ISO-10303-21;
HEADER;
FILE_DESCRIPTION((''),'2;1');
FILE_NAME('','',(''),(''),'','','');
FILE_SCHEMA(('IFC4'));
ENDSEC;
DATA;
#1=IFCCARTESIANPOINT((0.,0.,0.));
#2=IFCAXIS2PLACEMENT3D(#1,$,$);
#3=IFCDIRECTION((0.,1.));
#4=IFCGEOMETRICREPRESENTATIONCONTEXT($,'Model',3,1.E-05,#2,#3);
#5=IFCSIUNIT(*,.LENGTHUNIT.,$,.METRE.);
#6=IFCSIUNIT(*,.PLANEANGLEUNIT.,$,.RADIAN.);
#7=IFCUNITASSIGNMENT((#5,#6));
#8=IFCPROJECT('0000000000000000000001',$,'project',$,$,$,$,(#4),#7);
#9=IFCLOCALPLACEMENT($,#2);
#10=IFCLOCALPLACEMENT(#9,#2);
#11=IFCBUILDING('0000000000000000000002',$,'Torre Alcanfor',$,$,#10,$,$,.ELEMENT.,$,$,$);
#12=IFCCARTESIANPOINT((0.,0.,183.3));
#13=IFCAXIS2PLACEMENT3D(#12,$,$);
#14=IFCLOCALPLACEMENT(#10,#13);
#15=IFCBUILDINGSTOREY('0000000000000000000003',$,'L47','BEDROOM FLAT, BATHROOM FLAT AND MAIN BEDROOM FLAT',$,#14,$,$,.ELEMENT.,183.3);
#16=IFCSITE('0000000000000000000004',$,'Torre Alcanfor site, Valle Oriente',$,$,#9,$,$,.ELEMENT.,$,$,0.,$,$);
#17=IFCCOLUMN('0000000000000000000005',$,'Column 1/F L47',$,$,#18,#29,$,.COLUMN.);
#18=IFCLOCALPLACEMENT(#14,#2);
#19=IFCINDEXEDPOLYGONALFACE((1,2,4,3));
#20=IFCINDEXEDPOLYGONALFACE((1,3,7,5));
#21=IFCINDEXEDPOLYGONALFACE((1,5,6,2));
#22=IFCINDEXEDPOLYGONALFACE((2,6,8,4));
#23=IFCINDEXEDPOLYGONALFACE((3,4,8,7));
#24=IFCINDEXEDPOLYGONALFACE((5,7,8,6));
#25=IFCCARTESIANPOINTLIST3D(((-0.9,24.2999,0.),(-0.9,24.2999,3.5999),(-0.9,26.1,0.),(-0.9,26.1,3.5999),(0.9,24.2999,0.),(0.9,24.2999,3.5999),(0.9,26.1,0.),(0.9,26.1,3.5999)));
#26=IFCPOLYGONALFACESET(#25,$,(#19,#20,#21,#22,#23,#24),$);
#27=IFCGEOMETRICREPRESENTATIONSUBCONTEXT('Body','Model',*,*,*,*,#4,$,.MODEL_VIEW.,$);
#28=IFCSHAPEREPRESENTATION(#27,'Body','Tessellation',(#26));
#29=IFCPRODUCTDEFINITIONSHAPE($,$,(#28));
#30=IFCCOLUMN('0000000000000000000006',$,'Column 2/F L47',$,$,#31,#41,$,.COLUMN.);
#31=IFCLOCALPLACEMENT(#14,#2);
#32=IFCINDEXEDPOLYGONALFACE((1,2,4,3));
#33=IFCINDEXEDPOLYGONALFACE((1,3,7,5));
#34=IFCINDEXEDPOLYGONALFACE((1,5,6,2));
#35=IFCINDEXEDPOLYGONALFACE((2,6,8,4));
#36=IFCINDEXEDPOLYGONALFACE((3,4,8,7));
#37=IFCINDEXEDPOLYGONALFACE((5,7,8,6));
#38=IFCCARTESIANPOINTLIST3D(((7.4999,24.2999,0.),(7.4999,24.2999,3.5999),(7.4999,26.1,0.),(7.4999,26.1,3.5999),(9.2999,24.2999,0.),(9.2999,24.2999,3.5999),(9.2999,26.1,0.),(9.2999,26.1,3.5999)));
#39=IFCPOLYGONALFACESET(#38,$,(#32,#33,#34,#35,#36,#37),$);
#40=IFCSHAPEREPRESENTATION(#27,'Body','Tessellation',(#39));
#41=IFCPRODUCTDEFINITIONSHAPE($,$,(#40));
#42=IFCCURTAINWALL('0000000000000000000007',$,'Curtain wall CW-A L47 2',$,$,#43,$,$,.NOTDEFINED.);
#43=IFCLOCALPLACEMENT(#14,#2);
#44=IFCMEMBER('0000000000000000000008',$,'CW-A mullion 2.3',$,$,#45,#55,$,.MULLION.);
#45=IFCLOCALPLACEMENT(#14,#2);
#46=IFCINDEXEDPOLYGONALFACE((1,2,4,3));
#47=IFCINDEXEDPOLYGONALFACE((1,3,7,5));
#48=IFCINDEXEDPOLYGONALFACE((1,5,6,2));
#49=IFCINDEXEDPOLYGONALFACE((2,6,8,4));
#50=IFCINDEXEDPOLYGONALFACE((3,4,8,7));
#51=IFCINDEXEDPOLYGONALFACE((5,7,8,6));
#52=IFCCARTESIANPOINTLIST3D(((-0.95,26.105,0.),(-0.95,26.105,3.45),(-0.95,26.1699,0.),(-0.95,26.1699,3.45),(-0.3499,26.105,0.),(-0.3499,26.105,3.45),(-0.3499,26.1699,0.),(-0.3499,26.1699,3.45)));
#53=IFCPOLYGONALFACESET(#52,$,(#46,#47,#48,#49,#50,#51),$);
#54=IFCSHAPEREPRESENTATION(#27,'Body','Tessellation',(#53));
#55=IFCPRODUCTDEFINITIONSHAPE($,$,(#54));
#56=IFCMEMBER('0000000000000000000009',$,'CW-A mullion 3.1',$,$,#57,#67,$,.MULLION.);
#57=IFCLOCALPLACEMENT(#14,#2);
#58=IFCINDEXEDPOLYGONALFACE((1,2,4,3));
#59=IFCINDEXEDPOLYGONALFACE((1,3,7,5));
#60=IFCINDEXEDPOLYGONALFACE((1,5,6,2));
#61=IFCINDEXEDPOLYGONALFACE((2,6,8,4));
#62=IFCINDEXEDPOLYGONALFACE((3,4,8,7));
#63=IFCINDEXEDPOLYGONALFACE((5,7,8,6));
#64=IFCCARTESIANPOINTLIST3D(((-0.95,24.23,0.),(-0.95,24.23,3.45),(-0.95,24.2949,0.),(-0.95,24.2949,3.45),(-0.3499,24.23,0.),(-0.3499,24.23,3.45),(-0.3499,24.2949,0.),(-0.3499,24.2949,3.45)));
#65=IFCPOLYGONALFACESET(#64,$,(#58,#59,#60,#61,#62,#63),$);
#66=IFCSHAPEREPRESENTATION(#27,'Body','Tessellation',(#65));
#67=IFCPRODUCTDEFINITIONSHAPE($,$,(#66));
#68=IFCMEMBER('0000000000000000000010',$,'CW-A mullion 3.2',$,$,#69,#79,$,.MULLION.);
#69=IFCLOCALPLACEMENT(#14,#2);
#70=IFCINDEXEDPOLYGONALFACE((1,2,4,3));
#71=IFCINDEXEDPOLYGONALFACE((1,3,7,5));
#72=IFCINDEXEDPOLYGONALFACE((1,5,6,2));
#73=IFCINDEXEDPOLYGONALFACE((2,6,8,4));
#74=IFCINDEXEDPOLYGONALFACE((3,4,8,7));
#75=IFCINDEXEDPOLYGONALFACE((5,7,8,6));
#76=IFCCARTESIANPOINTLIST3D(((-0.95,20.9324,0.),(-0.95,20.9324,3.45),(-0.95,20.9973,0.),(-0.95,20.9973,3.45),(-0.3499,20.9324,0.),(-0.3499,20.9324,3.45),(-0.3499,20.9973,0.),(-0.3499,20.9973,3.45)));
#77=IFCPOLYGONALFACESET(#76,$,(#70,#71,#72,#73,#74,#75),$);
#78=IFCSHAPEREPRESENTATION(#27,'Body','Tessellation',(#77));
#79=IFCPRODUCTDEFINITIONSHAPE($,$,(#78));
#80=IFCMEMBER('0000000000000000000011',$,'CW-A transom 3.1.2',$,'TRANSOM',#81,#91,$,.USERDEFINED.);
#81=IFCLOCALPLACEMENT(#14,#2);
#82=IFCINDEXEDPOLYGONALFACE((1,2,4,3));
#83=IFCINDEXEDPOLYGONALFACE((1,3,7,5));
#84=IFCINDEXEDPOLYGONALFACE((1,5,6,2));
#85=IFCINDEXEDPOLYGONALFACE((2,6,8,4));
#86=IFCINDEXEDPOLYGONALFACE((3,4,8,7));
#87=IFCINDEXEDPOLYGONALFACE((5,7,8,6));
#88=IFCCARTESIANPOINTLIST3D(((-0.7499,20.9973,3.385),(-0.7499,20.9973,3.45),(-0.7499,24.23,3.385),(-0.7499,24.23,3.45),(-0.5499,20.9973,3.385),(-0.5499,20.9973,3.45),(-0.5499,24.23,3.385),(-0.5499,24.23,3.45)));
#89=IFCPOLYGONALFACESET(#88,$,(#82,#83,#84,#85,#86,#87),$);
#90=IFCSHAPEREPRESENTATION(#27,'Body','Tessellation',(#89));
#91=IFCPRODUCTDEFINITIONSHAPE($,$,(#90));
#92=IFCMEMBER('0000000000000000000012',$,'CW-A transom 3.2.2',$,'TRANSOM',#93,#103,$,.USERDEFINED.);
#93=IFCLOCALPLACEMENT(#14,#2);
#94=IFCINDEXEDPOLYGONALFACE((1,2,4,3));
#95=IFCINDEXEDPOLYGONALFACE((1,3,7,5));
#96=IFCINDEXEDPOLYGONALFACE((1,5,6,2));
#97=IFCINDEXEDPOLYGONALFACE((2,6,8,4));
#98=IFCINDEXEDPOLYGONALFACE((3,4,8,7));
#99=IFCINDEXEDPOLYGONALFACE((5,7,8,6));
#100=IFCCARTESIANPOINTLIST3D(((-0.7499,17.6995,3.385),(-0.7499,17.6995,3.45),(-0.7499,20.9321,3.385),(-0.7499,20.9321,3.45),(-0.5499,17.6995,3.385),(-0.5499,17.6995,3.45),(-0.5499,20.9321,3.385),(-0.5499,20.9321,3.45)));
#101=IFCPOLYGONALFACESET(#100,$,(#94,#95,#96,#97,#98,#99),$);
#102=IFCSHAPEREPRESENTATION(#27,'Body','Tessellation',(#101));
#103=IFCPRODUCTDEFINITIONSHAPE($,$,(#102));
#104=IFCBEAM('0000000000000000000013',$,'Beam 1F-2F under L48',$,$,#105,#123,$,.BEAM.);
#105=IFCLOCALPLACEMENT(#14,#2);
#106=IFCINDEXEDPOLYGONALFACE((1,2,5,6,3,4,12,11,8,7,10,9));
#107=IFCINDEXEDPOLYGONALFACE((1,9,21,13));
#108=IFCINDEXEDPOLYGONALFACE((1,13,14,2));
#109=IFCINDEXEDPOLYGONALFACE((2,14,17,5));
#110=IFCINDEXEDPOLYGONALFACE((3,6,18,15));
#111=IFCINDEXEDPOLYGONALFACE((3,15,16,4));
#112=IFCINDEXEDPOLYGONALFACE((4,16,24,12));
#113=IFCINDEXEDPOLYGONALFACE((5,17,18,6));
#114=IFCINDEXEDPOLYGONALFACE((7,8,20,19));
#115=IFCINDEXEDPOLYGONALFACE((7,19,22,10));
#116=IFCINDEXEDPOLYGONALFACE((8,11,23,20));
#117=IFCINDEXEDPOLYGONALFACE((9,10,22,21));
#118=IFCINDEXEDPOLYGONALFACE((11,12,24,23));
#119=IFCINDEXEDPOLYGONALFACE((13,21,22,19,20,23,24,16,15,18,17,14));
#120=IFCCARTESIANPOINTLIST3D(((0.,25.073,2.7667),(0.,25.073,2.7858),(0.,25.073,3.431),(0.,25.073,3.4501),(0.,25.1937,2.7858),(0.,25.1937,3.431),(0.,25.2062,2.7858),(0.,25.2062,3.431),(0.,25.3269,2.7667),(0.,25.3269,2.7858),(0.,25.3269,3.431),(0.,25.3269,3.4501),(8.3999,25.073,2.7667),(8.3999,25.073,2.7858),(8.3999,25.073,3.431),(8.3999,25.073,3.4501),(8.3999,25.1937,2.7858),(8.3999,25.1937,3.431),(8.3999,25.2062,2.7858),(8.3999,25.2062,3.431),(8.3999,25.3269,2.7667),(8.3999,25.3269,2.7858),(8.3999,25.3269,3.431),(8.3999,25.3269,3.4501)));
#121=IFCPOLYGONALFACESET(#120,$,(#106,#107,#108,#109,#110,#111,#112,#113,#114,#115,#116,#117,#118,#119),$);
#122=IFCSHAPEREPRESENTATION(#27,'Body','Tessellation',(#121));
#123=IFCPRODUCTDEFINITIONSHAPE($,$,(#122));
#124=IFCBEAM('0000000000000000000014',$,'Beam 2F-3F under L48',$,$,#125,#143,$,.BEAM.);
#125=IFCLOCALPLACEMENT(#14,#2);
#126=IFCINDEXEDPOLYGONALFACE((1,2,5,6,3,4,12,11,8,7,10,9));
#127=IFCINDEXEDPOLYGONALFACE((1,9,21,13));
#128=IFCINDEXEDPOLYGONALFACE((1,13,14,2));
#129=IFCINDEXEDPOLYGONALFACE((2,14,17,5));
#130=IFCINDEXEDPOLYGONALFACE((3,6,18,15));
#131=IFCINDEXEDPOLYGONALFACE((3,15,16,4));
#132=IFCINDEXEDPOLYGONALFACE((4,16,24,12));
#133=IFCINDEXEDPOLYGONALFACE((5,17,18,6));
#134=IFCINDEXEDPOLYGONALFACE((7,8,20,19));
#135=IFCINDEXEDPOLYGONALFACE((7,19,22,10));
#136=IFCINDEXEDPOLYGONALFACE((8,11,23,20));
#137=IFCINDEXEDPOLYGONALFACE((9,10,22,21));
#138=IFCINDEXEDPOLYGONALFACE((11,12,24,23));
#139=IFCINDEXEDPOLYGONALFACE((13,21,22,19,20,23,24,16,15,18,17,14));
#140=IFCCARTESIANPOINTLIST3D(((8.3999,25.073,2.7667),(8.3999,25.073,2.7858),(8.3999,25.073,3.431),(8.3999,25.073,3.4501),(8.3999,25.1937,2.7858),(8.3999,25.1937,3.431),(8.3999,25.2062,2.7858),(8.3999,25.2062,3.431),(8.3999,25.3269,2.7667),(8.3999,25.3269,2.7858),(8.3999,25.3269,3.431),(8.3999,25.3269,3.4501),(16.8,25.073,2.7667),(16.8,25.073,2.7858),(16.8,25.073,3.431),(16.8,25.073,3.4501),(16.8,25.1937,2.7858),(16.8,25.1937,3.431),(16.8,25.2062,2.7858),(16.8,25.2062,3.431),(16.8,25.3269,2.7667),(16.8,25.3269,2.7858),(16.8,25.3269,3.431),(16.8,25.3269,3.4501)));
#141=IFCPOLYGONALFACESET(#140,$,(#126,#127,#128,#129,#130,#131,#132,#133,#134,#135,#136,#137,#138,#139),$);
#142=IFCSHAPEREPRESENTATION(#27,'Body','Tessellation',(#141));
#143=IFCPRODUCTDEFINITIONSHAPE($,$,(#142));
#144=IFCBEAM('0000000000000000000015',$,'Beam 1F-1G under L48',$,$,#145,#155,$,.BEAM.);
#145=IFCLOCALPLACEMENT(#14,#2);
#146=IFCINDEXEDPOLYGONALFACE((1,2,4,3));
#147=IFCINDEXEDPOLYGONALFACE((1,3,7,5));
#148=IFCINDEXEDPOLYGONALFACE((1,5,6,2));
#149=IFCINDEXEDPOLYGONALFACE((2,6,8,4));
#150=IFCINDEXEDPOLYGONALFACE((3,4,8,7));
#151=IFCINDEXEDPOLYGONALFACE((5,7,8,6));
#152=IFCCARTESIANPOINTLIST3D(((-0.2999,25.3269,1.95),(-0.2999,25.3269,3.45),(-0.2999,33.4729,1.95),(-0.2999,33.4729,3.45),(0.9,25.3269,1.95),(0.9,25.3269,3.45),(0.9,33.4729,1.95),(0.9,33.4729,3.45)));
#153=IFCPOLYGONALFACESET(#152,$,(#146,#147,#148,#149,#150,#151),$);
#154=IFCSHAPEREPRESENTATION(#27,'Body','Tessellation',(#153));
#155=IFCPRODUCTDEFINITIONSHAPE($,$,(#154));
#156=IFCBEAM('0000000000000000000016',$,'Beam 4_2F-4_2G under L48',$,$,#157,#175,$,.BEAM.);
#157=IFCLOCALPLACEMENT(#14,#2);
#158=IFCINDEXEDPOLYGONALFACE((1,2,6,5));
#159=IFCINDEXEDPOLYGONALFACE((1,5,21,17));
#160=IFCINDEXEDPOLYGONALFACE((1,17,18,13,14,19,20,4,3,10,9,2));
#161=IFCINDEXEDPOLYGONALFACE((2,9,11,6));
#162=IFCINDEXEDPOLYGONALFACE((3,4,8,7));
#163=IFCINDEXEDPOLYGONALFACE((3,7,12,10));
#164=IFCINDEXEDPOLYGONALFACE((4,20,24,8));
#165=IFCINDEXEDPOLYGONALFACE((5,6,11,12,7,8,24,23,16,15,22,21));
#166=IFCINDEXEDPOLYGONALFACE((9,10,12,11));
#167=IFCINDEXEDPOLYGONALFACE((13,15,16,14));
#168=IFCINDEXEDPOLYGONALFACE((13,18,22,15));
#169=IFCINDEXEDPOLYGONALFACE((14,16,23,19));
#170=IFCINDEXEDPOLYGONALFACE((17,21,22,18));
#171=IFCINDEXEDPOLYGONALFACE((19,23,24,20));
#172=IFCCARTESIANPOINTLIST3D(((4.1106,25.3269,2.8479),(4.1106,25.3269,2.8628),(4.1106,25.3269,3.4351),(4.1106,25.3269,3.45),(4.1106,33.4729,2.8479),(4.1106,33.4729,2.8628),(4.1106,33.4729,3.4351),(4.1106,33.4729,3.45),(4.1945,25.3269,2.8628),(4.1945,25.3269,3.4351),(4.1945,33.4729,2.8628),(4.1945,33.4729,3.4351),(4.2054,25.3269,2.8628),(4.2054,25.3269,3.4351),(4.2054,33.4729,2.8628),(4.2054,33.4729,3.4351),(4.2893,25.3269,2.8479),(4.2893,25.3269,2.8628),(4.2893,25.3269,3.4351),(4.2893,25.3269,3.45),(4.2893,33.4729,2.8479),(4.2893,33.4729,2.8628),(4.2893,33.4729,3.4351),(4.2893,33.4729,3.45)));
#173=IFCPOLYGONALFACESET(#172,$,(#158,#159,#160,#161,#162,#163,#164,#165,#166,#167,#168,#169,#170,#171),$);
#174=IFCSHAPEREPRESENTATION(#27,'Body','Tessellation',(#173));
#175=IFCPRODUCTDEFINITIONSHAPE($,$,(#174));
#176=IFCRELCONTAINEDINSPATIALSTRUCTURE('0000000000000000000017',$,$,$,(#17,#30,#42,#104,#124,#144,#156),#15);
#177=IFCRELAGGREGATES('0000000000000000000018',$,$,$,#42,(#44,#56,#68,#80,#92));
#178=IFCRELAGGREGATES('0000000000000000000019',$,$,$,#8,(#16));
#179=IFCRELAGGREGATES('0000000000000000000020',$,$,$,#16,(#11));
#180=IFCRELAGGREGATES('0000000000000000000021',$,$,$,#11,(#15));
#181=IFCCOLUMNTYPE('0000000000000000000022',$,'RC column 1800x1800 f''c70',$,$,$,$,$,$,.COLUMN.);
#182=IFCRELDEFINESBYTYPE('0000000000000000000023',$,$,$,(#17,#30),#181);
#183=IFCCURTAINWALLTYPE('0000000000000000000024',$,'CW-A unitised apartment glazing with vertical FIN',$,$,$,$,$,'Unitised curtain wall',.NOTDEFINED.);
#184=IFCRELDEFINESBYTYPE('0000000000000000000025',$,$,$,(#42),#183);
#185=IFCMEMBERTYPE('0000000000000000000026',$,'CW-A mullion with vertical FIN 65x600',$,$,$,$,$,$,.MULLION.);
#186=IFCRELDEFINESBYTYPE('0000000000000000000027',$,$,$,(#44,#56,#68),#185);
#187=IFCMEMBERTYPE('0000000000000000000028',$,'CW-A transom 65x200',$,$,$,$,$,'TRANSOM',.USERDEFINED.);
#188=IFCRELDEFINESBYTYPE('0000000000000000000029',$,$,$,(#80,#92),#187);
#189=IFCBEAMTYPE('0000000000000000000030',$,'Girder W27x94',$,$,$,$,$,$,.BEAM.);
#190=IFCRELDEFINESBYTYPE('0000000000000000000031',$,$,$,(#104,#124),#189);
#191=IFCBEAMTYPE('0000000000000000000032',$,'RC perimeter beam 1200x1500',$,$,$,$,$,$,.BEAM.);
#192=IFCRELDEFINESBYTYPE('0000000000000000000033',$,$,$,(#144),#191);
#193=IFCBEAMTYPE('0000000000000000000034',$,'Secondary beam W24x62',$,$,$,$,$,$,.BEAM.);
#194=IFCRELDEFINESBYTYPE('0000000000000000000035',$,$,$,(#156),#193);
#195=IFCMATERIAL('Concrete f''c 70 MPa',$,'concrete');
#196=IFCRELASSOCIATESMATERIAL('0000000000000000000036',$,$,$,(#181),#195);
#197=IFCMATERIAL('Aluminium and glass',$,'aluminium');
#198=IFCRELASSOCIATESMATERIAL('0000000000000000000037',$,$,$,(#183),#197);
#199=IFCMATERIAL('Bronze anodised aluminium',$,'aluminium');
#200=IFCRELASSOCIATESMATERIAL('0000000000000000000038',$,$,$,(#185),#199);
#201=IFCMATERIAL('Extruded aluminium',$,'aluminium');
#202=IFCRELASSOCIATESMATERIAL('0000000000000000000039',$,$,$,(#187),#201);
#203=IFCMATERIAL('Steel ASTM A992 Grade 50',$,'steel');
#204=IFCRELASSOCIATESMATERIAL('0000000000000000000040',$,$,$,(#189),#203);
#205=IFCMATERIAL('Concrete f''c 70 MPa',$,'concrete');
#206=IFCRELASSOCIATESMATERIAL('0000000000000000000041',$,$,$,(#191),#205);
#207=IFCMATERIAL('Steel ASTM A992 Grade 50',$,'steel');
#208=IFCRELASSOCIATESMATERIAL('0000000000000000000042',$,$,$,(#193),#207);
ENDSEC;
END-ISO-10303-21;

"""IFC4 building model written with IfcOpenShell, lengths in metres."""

from ifc_helpers import new_model, si_unit, direction, frame, origin, origin_2d, place, context, subcontext, project, spatial, rectangle, i_section, extrude, material, material_profile, profile_set, type_object, element, aggregate, save


model = new_model("IFC4")

# Units and contexts
model_context = context("Model", 3, precision=1e-05, world=origin(), true_north=direction((0.0, 1.0)))
body_context = subcontext(model_context, "Body", "Model", "MODEL_VIEW")
ifc_project = project(units=[si_unit("LENGTHUNIT", "METRE"), si_unit("PLANEANGLEUNIT", "RADIAN")], contexts=[model_context])

# Site, building, storey
site_placement = place(None, origin())
site = spatial("IfcSite", under=ifc_project, at=site_placement, Name="Torre Alcanfor site, Valle Oriente", CompositionType="ELEMENT", RefElevation=0.0)
building_placement = place(site_placement, origin())
building = spatial("IfcBuilding", under=site, at=building_placement, Name="Torre Alcanfor", CompositionType="ELEMENT")
storey_placement = place(building_placement, frame((0.0, 0.0, 183.3)))
storey = spatial("IfcBuildingStorey", under=building, at=storey_placement, Name="L47", Description="BEDROOM FLAT, BATHROOM FLAT AND MAIN BEDROOM FLAT", CompositionType="ELEMENT", Elevation=183.3)

# Columns
ifc_material_1 = material(Name="Concrete f'c 70 MPa", Category="concrete")
ifc_material_profile_1 = material_profile(ifc_material_1, rectangle(XDim=1.8, YDim=1.8, at=origin_2d()), Name="1800x1800")
ifc_profile_set_1 = profile_set([ifc_material_profile_1], Name="Concrete f'c 70 MPa")
column_type = type_object("IfcColumnType", Name="RC column 1800x1800 f'c70", PredefinedType="COLUMN", material=ifc_profile_set_1)
for number, where, z_axis, x_axis, name in (
    (1, (0.0, 25.2, 0.0), (0.0, 0.0, 1.0), (1.0, 0.0, 0.0), "Column 1/F L47"),
    (2, (8.3999, 25.2, 0.0), (0.0, 0.0, 1.0), (1.0, 0.0, 0.0), "Column 2/F L47"),
):
    element("IfcColumn", number, at=place(storey_placement, frame(where, z_axis=z_axis, x_axis=x_axis)), inside=storey, type_object=column_type, Name=name, PredefinedType="COLUMN", context=body_context, shape_type="SweptSolid", body=[
        extrude(rectangle(XDim=1.8, YDim=1.8, at=origin_2d()), origin(), (0.0, 0.0, 1.0), 3.5999),
    ])

# Curtain wall, members
ifc_material_2 = material(Name="Aluminium and glass", Category="aluminium")
curtain_wall_type = type_object("IfcCurtainWallType", Name="CW-A unitised apartment glazing with vertical FIN", ElementType="Unitised curtain wall", PredefinedType="NOTDEFINED", material=ifc_material_2)
curtain_wall_placement = place(storey_placement, origin())
curtain_wall = element("IfcCurtainWall", 3, at=curtain_wall_placement, inside=storey, type_object=curtain_wall_type, Name="Curtain wall CW-A L47 2", PredefinedType="NOTDEFINED")
ifc_material_3 = material(Name="Bronze anodised aluminium", Category="aluminium")
ifc_material_profile_2 = material_profile(ifc_material_3, rectangle(XDim=0.6001, YDim=0.0649, at=origin_2d()), Name="CW-A mullion 65x600")
ifc_profile_set_2 = profile_set([ifc_material_profile_2], Name="Bronze anodised aluminium")
member_type_1 = type_object("IfcMemberType", Name="CW-A mullion with vertical FIN 65x600", PredefinedType="MULLION", material=ifc_profile_set_2)
member_1_placement = place(storey_placement, frame((-0.6499, 26.1375, 0.0), z_axis=(0.0, 0.0, 1.0), x_axis=(1.0, 0.0, 0.0)))
member_1 = element("IfcMember", 4, at=member_1_placement, type_object=member_type_1, Name="CW-A mullion 2.3", PredefinedType="MULLION", context=body_context, shape_type="SweptSolid", body=[
    extrude(rectangle(XDim=0.6001, YDim=0.0649, at=origin_2d()), origin(), (0.0, 0.0, 1.0), 3.45),
])
member_2_placement = place(storey_placement, frame((-0.6499, 24.2625, 0.0), z_axis=(0.0, 0.0, 1.0), x_axis=(1.0, 0.0, 0.0)))
member_2 = element("IfcMember", 5, at=member_2_placement, type_object=member_type_1, Name="CW-A mullion 3.1", PredefinedType="MULLION", context=body_context, shape_type="SweptSolid", body=[
    extrude(rectangle(XDim=0.6001, YDim=0.0649, at=origin_2d()), origin(), (0.0, 0.0, 1.0), 3.45),
])
member_3_placement = place(storey_placement, frame((-0.6499, 20.9648, 0.0), z_axis=(0.0, 0.0, 1.0), x_axis=(1.0, 0.0, 0.0)))
member_3 = element("IfcMember", 6, at=member_3_placement, type_object=member_type_1, Name="CW-A mullion 3.2", PredefinedType="MULLION", context=body_context, shape_type="SweptSolid", body=[
    extrude(rectangle(XDim=0.6001, YDim=0.0649, at=origin_2d()), origin(), (0.0, 0.0, 1.0), 3.45),
])
ifc_material_4 = material(Name="Extruded aluminium", Category="aluminium")
ifc_material_profile_3 = material_profile(ifc_material_4, rectangle(XDim=0.2, YDim=0.0649, at=origin_2d()), Name="CW-A transom 200x65")
ifc_profile_set_3 = profile_set([ifc_material_profile_3], Name="Extruded aluminium")
member_type_2 = type_object("IfcMemberType", Name="CW-A transom 65x200", ElementType="TRANSOM", PredefinedType="USERDEFINED", material=ifc_profile_set_3)
member_4_placement = place(storey_placement, frame((-0.6499, 24.23, 3.4175), z_axis=(0.0, -1.0, 0.0), x_axis=(1.0, 0.0, 0.0)))
member_4 = element("IfcMember", 7, at=member_4_placement, type_object=member_type_2, Name="CW-A transom 3.1.2", ObjectType="TRANSOM", PredefinedType="USERDEFINED", context=body_context, shape_type="SweptSolid", body=[
    extrude(rectangle(XDim=0.2, YDim=0.0649, at=origin_2d()), origin(), (0.0, 0.0, 1.0), 3.2327),
])
member_5_placement = place(storey_placement, frame((-0.6499, 20.9321, 3.4175), z_axis=(0.0, -1.0, 0.0), x_axis=(1.0, 0.0, 0.0)))
member_5 = element("IfcMember", 8, at=member_5_placement, type_object=member_type_2, Name="CW-A transom 3.2.2", ObjectType="TRANSOM", PredefinedType="USERDEFINED", context=body_context, shape_type="SweptSolid", body=[
    extrude(rectangle(XDim=0.2, YDim=0.0649, at=origin_2d()), origin(), (0.0, 0.0, 1.0), 3.2327),
])

# Beams
ifc_material_5 = material(Name="Steel ASTM A992 Grade 50", Category="steel")
ifc_material_profile_4 = material_profile(ifc_material_5, i_section(OverallWidth=0.2539, OverallDepth=0.6833, WebThickness=0.0125, FlangeThickness=0.019, at=origin_2d()), Name="W27x94")
ifc_profile_set_4 = profile_set([ifc_material_profile_4], Name="Steel ASTM A992 Grade 50")
beam_type_1 = type_object("IfcBeamType", Name="Girder W27x94", PredefinedType="BEAM", material=ifc_profile_set_4)
beam_1_placement = place(storey_placement, frame((0.0, 25.2, 3.1084), z_axis=(1.0, 0.0, 0.0), x_axis=(0.0, 1.0, 0.0)))
element("IfcBeam", 9, at=beam_1_placement, inside=storey, type_object=beam_type_1, Name="Beam 1F-2F under L48", PredefinedType="BEAM", context=body_context, shape_type="SweptSolid", body=[
    extrude(i_section(OverallWidth=0.2539, OverallDepth=0.6833, WebThickness=0.0125, FlangeThickness=0.019, at=origin_2d()), origin(), (0.0, 0.0, 1.0), 8.3999),
])
beam_2_placement = place(storey_placement, frame((8.3999, 25.2, 3.1084), z_axis=(1.0, 0.0, 0.0), x_axis=(0.0, 1.0, 0.0)))
element("IfcBeam", 10, at=beam_2_placement, inside=storey, type_object=beam_type_1, Name="Beam 2F-3F under L48", PredefinedType="BEAM", context=body_context, shape_type="SweptSolid", body=[
    extrude(i_section(OverallWidth=0.2539, OverallDepth=0.6833, WebThickness=0.0125, FlangeThickness=0.019, at=origin_2d()), origin(), (0.0, 0.0, 1.0), 8.4001),
])
ifc_material_6 = material(Name="Concrete f'c 70 MPa", Category="concrete")
ifc_material_profile_5 = material_profile(ifc_material_6, rectangle(XDim=1.2, YDim=1.5, at=origin_2d()), Name="1200x1500")
ifc_profile_set_5 = profile_set([ifc_material_profile_5], Name="Concrete f'c 70 MPa")
beam_type_2 = type_object("IfcBeamType", Name="RC perimeter beam 1200x1500", PredefinedType="BEAM", material=ifc_profile_set_5)
beam_3_placement = place(storey_placement, frame((0.3, 25.3269, 2.7), z_axis=(0.0, 1.0, 0.0), x_axis=(-1.0, 0.0, 0.0)))
element("IfcBeam", 11, at=beam_3_placement, inside=storey, type_object=beam_type_2, Name="Beam 1F-1G under L48", PredefinedType="BEAM", context=body_context, shape_type="SweptSolid", body=[
    extrude(rectangle(XDim=1.2, YDim=1.5, at=origin_2d()), origin(), (0.0, 0.0, 1.0), 8.146),
])
ifc_material_7 = material(Name="Steel ASTM A992 Grade 50", Category="steel")
ifc_material_profile_6 = material_profile(ifc_material_7, i_section(OverallWidth=0.1787, OverallDepth=0.6021, WebThickness=0.011, FlangeThickness=0.0149, at=origin_2d()), Name="W24x62")
ifc_profile_set_6 = profile_set([ifc_material_profile_6], Name="Steel ASTM A992 Grade 50")
beam_type_3 = type_object("IfcBeamType", Name="Secondary beam W24x62", PredefinedType="BEAM", material=ifc_profile_set_6)
beam_4_placement = place(storey_placement, frame((4.2, 25.3269, 3.1489), z_axis=(0.0, 1.0, 0.0), x_axis=(-1.0, 0.0, 0.0)))
element("IfcBeam", 12, at=beam_4_placement, inside=storey, type_object=beam_type_3, Name="Beam 4_2F-4_2G under L48", PredefinedType="BEAM", context=body_context, shape_type="SweptSolid", body=[
    extrude(i_section(OverallWidth=0.1787, OverallDepth=0.6021, WebThickness=0.011, FlangeThickness=0.0149, at=origin_2d()), origin(), (0.0, 0.0, 1.0), 8.146),
])

aggregate(curtain_wall, [member_1, member_2, member_3, member_4, member_5])

save(model, "model.ifc")
